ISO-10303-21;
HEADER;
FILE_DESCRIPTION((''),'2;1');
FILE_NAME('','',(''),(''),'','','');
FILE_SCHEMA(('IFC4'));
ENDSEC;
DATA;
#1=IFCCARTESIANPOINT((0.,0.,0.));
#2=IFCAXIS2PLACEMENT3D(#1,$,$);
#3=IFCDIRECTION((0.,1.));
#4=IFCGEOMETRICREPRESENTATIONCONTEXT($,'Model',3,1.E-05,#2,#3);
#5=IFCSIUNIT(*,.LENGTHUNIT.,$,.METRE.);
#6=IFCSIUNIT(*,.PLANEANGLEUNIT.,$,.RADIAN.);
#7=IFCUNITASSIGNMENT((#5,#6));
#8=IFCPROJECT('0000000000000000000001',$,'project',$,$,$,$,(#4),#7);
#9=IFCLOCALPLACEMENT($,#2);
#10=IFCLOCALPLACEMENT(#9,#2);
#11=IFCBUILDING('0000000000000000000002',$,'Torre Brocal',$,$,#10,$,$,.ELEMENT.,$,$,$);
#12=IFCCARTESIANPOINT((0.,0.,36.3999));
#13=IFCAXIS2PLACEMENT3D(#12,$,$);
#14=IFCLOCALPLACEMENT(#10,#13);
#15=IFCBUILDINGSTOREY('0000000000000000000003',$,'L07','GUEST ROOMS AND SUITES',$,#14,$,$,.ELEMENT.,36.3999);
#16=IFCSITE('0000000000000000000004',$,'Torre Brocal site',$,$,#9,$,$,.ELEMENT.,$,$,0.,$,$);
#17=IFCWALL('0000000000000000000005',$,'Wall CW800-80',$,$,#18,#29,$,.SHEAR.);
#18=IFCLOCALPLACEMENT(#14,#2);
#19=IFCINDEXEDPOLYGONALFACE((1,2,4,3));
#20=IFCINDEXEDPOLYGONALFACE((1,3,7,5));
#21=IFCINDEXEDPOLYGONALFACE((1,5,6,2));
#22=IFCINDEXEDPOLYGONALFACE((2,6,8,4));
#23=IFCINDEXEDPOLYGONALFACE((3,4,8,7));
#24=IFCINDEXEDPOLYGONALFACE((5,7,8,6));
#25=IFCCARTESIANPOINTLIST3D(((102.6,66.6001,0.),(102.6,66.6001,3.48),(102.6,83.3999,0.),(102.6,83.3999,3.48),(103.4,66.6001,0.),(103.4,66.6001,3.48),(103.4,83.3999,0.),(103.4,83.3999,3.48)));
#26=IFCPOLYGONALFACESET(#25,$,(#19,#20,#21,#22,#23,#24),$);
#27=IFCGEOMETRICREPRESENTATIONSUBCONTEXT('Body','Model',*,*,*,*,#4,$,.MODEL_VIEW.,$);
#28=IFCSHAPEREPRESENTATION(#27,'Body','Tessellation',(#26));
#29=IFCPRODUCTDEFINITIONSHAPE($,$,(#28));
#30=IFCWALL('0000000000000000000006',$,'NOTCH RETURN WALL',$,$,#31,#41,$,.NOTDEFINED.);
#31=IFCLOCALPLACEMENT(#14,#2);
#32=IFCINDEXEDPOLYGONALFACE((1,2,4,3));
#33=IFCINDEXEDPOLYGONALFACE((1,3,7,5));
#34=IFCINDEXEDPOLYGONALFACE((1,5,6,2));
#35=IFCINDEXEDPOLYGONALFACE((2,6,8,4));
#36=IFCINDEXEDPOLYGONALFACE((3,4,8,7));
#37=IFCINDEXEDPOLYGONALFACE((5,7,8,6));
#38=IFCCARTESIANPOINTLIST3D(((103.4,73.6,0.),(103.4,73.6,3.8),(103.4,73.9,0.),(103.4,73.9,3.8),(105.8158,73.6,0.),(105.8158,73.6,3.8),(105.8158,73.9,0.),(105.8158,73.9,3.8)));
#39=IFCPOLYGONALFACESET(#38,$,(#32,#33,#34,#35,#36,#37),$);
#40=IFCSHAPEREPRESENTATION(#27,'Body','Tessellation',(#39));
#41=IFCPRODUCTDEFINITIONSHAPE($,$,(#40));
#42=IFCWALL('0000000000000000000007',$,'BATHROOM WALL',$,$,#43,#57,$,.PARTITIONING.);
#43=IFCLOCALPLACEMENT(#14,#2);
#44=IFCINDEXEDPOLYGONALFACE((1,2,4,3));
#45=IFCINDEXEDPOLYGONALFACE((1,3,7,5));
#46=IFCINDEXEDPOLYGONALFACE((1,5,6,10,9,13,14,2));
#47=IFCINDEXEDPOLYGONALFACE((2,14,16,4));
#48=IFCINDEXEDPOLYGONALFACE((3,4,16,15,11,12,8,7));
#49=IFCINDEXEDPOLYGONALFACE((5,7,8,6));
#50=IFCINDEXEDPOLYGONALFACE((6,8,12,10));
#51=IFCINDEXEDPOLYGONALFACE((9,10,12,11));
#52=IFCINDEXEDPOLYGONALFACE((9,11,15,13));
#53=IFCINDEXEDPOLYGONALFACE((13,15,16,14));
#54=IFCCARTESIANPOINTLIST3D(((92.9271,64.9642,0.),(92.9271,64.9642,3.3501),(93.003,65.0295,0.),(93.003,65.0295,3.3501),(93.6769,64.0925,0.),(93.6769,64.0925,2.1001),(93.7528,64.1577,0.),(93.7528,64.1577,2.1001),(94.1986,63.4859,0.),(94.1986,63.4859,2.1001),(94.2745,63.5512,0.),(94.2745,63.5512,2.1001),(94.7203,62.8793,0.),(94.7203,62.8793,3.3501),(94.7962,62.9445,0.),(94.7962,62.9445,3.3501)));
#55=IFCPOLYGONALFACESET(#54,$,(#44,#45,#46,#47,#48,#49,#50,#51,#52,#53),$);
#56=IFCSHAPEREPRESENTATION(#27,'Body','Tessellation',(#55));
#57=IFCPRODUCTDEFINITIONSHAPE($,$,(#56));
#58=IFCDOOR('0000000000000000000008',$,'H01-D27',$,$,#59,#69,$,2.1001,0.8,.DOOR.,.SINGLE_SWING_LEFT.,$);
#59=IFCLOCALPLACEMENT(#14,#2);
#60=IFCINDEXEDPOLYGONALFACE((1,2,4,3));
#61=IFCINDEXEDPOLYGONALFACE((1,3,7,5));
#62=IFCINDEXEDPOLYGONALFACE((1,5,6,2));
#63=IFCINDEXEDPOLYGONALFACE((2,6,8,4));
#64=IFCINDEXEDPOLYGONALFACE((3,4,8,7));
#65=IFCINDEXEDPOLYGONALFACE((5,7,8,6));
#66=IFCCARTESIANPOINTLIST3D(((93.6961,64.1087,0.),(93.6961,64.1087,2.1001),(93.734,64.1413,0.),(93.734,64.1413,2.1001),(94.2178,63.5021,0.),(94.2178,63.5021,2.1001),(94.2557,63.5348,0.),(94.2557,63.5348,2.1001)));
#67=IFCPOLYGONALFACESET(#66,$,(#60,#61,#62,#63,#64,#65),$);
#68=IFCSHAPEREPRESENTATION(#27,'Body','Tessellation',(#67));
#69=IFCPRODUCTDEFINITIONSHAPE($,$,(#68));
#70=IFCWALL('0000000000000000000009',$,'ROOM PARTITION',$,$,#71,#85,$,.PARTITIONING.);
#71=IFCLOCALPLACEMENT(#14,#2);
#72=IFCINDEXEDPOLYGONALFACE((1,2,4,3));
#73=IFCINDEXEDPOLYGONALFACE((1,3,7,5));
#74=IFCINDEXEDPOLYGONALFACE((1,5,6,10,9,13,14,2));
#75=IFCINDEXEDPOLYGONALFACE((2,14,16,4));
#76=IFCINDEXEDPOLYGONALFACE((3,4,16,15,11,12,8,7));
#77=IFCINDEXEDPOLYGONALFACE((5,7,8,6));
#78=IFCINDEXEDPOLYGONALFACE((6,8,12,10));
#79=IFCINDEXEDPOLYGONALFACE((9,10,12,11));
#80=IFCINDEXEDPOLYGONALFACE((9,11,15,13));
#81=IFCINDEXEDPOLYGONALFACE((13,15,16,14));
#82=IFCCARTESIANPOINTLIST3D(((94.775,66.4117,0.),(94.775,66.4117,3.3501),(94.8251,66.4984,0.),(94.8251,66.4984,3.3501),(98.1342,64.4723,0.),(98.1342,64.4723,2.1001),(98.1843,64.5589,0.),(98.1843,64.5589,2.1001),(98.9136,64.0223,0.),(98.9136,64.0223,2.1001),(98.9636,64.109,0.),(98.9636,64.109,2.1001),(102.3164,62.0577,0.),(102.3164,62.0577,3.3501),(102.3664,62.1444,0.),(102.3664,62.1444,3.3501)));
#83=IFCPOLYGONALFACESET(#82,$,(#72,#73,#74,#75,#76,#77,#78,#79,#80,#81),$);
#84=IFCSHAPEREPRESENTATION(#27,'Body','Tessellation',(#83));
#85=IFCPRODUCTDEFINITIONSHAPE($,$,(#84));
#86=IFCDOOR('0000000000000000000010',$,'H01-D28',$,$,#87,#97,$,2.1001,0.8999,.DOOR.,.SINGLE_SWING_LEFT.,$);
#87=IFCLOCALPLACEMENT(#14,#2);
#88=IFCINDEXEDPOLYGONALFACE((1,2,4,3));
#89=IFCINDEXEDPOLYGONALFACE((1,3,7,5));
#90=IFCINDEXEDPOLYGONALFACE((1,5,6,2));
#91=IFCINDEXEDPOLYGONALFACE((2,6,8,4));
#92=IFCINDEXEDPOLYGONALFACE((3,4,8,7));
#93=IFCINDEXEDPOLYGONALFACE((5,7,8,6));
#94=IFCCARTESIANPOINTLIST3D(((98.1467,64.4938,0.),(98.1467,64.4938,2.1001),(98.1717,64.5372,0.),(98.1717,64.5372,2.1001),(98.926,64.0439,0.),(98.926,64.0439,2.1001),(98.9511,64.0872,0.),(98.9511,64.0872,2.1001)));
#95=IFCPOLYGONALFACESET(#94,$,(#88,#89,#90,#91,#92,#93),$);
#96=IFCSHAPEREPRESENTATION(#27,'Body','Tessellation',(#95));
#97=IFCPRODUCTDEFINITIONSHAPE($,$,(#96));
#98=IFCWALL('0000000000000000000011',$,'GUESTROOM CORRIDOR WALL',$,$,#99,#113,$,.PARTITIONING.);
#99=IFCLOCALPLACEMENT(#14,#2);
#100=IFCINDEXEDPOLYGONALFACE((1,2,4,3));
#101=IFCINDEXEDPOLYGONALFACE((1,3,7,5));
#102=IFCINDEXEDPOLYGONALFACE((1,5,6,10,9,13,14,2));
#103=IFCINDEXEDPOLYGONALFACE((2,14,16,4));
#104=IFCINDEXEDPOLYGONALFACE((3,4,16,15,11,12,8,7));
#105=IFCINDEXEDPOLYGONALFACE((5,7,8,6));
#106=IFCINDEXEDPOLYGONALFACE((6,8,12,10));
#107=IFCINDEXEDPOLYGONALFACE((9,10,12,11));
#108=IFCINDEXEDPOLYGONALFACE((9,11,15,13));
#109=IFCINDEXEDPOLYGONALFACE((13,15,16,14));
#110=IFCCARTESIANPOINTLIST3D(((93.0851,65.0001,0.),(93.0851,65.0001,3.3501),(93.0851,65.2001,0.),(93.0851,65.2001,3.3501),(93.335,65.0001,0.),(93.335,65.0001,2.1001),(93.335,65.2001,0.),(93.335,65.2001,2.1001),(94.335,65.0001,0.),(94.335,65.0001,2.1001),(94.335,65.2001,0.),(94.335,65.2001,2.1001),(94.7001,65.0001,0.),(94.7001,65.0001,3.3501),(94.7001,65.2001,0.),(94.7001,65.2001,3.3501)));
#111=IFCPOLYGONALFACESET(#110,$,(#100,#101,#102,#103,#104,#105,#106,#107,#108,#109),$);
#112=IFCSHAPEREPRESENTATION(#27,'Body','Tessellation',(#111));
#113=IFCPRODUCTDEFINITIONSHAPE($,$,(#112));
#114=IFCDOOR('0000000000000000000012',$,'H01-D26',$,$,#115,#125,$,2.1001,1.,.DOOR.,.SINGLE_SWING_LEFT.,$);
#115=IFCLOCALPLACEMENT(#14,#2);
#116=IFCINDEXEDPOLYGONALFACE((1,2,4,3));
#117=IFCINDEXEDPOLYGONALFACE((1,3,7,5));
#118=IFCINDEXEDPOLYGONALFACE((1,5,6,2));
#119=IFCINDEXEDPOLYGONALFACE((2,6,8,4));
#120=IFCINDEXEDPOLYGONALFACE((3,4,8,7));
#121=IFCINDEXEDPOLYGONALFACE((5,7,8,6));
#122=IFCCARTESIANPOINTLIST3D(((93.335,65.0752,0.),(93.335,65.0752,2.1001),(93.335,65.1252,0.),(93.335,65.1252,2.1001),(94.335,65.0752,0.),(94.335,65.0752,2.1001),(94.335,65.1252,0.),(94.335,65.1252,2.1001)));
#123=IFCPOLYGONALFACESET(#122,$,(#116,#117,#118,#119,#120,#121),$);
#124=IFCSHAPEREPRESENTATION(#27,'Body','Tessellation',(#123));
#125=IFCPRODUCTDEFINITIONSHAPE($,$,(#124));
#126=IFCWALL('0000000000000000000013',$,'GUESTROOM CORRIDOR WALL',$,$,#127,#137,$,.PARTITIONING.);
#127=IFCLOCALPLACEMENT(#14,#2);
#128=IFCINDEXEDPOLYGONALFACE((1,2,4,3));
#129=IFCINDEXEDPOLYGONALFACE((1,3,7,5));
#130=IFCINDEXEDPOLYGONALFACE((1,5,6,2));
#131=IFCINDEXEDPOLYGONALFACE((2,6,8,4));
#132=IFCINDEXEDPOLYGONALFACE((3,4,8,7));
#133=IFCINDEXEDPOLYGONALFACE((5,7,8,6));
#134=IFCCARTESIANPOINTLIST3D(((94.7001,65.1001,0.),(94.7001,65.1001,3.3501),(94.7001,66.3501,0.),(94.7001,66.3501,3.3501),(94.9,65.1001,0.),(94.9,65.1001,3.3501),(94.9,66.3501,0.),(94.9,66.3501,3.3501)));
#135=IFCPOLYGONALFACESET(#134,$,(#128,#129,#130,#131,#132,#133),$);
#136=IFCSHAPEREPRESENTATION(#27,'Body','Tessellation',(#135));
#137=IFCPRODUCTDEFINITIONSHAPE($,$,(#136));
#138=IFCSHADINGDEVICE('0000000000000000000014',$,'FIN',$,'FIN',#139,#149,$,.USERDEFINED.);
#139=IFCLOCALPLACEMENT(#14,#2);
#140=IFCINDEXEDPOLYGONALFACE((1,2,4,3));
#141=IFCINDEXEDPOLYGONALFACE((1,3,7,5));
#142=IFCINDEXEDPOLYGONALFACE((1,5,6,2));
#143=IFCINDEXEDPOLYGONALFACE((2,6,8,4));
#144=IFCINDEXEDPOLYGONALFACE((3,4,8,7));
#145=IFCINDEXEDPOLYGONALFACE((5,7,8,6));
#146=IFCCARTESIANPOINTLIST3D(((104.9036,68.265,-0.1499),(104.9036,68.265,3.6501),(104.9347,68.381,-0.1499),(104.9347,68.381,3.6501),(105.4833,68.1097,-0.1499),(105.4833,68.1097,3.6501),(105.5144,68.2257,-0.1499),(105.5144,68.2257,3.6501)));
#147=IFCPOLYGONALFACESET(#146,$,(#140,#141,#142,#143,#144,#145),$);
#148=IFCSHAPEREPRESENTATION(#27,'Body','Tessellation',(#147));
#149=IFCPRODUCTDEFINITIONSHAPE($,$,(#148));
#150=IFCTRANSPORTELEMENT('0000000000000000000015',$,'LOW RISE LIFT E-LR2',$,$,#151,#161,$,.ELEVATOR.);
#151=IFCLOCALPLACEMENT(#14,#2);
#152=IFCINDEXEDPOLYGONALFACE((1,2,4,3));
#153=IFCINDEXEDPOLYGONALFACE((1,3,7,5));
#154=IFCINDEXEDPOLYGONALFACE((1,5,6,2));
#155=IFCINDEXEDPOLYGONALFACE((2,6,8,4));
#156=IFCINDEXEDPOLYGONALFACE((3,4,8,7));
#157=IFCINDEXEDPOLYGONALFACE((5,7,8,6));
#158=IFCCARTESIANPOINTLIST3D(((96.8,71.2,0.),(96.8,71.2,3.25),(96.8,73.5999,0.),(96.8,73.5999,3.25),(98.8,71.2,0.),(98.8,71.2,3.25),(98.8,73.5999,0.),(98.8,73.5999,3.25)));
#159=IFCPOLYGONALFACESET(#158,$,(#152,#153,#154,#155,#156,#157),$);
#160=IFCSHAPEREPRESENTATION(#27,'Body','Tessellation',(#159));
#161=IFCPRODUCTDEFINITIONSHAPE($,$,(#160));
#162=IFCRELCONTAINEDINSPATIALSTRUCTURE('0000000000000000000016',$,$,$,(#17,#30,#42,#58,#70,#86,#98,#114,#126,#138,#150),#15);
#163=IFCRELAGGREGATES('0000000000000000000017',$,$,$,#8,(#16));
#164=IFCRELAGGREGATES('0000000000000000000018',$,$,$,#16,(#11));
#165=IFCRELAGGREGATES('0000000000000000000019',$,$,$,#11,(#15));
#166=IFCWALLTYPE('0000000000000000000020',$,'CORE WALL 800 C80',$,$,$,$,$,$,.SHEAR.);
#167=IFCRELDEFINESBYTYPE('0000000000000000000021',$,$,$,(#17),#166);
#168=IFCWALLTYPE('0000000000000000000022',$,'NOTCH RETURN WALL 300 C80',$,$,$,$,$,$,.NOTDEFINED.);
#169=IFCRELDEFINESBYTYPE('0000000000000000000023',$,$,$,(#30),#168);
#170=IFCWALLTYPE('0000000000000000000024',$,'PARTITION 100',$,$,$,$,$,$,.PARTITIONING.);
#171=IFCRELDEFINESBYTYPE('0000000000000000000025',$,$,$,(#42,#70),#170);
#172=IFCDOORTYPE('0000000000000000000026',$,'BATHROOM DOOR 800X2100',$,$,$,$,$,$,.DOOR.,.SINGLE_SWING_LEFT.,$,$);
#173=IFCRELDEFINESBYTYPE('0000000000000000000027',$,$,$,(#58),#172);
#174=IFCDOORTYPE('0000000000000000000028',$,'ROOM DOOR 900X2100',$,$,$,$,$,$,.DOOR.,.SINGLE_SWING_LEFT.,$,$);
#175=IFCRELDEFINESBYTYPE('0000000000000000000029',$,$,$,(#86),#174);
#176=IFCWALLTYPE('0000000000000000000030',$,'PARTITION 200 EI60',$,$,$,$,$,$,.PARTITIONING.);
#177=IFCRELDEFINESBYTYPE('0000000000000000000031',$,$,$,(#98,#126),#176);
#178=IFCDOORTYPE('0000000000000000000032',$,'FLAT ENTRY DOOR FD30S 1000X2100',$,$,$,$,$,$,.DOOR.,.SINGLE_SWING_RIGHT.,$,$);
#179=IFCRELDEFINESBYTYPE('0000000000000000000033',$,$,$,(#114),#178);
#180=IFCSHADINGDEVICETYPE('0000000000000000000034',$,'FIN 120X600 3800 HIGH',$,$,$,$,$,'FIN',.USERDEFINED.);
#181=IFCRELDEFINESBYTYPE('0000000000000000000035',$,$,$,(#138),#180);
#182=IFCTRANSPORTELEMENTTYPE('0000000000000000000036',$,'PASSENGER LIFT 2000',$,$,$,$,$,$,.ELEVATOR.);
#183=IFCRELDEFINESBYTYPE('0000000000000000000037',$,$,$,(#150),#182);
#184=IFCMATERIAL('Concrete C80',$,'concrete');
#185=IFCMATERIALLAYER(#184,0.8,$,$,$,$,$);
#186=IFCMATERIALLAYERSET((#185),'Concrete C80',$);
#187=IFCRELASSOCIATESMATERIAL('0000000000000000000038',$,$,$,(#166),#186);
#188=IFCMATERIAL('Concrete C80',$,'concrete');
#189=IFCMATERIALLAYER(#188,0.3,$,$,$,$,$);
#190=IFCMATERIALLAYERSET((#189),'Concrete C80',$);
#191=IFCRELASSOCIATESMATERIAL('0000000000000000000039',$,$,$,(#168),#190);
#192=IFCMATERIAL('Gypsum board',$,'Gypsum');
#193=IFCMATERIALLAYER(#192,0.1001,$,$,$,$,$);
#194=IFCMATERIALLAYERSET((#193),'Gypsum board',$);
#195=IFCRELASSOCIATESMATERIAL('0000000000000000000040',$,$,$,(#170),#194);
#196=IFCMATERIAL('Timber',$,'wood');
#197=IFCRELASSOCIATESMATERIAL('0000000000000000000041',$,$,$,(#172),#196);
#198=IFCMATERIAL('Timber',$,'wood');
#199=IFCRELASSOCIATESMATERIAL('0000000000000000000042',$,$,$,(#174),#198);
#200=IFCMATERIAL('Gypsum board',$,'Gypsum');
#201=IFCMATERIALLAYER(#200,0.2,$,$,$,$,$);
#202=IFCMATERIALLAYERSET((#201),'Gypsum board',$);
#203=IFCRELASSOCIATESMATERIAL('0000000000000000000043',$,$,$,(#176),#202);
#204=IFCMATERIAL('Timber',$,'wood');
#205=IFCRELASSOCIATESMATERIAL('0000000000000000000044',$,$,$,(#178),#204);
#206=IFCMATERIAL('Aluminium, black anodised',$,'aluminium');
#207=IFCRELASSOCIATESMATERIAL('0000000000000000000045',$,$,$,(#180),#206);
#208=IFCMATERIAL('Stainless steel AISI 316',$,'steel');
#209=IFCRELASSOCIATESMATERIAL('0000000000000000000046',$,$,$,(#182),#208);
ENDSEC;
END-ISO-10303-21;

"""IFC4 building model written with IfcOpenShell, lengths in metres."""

from ifc_helpers import new_model, si_unit, direction, frame, frame_2d, origin, origin_2d, place, context, subcontext, project, spatial, rectangle, extrude, material, layer, layer_set, material_profile, profile_set, type_object, element, fill, save


model = new_model("IFC4")

# Units and contexts
model_context = context("Model", 3, precision=1e-05, world=origin(), true_north=direction((0.0, 1.0)))
body_context = subcontext(model_context, "Body", "Model", "MODEL_VIEW")
ifc_project = project(units=[si_unit("LENGTHUNIT", "METRE"), si_unit("PLANEANGLEUNIT", "RADIAN")], contexts=[model_context])

# Site, building, storey
site_placement = place(None, origin())
site = spatial("IfcSite", under=ifc_project, at=site_placement, Name="Torre Brocal site", CompositionType="ELEMENT", RefElevation=0.0)
building_placement = place(site_placement, origin())
building = spatial("IfcBuilding", under=site, at=building_placement, Name="Torre Brocal", CompositionType="ELEMENT")
storey_placement = place(building_placement, frame((0.0, 0.0, 36.3999)))
storey = spatial("IfcBuildingStorey", under=building, at=storey_placement, Name="L07", Description="GUEST ROOMS AND SUITES", CompositionType="ELEMENT", Elevation=36.3999)

# Walls
ifc_material_1 = material(Name="Concrete C80", Category="concrete")
ifc_layer_1 = layer(ifc_material_1, 0.8)
ifc_layer_set_1 = layer_set([ifc_layer_1], Name="Concrete C80")
wall_type_1 = type_object("IfcWallType", Name="CORE WALL 800 C80", PredefinedType="SHEAR", material=ifc_layer_set_1)
wall_1_placement = place(storey_placement, frame((103.0, 66.6001, 0.0), z_axis=(0.0, 0.0, 1.0), x_axis=(0.0, 1.0, 0.0)))
element("IfcWall", 1, at=wall_1_placement, inside=storey, type_object=wall_type_1, Name="Wall CW800-80", PredefinedType="SHEAR", context=body_context, shape_type="SweptSolid", body=[
    extrude(rectangle(XDim=16.7998, YDim=0.8, at=frame_2d((8.3999, 0.0))), origin(), (0.0, 0.0, 1.0), 3.48),
])
ifc_material_2 = material(Name="Concrete C80", Category="concrete")
ifc_layer_2 = layer(ifc_material_2, 0.3)
ifc_layer_set_2 = layer_set([ifc_layer_2], Name="Concrete C80")
wall_type_2 = type_object("IfcWallType", Name="NOTCH RETURN WALL 300 C80", PredefinedType="NOTDEFINED", material=ifc_layer_set_2)
wall_2_placement = place(storey_placement, frame((103.3999, 73.75, 0.0), z_axis=(0.0, 0.0, 1.0), x_axis=(1.0, 0.0, 0.0)))
element("IfcWall", 2, at=wall_2_placement, inside=storey, type_object=wall_type_2, Name="NOTCH RETURN WALL", PredefinedType="NOTDEFINED", context=body_context, shape_type="SweptSolid", body=[
    extrude(rectangle(XDim=2.4158, YDim=0.3, at=frame_2d((1.208, 0.0))), origin(), (0.0, 0.0, 1.0), 3.8),
])

# Walls, openings, doors
ifc_material_3 = material(Name="Gypsum board", Category="Gypsum")
ifc_layer_3 = layer(ifc_material_3, 0.1001)
ifc_layer_set_3 = layer_set([ifc_layer_3], Name="Gypsum board")
wall_type_3 = type_object("IfcWallType", Name="PARTITION 100", PredefinedType="PARTITIONING", material=ifc_layer_set_3)
wall_3_placement = place(storey_placement, frame((92.9651, 64.9968, 0.0), z_axis=(0.0, 0.0, 1.0), x_axis=(0.65207, -0.758159, 0.0)))
wall_3 = element("IfcWall", 3, at=wall_3_placement, inside=storey, type_object=wall_type_3, Name="BATHROOM WALL", PredefinedType="PARTITIONING", context=body_context, shape_type="SweptSolid", body=[
    extrude(rectangle(XDim=2.75, YDim=0.1001, at=frame_2d((1.375, 0.0))), origin(), (0.0, 0.0, 1.0), 3.3501),
])
opening_1_placement = place(wall_3_placement, frame((1.1499, 0.0, 0.0)))
opening_1 = element("IfcOpeningElement", 4, at=opening_1_placement, cuts=wall_3, PredefinedType="OPENING", context=body_context, shape_type="SweptSolid", body=[
    extrude(rectangle(XDim=0.8, YDim=2.1001, at=frame_2d((0.3999, 1.05))), frame((0.0, 0.0601, 0.0), z_axis=(0.0, -1.0, 0.0), x_axis=(1.0, 0.0, 0.0)), (0.0, 0.0, 1.0), 0.1201),
])
ifc_material_4 = material(Name="Timber", Category="wood")
door_type_1 = type_object("IfcDoorType", Name="BATHROOM DOOR 800X2100", OperationType="SINGLE_SWING_LEFT", PredefinedType="DOOR", material=ifc_material_4)
door_1_placement = place(opening_1_placement, frame((0.8, 0.0, 0.0), z_axis=(0.0, 0.0, 1.0), x_axis=(-1.0, 0.0, 0.0)))
door_1 = element("IfcDoor", 5, at=door_1_placement, inside=storey, type_object=door_type_1, Name="H01-D27", OperationType="SINGLE_SWING_LEFT", OverallHeight=2.1001, OverallWidth=0.8, PredefinedType="DOOR", context=body_context, shape_type="SweptSolid", body=[
    extrude(rectangle(XDim=0.8, YDim=2.1001, at=frame_2d((0.3999, 1.05))), frame((0.0, 0.0249, 0.0), z_axis=(0.0, -1.0, 0.0), x_axis=(1.0, 0.0, 0.0)), (0.0, 0.0, 1.0), 0.05),
])
fill(opening_1, door_1)
wall_4_placement = place(storey_placement, frame((94.8, 66.4551, 0.0), z_axis=(0.0, 0.0, 1.0), x_axis=(0.866023, -0.500005, 0.0)))
wall_4 = element("IfcWall", 6, at=wall_4_placement, inside=storey, type_object=wall_type_3, Name="ROOM PARTITION", PredefinedType="PARTITIONING", context=body_context, shape_type="SweptSolid", body=[
    extrude(rectangle(XDim=8.708, YDim=0.1001, at=frame_2d((4.354, 0.0))), origin(), (0.0, 0.0, 1.0), 3.3501),
])
opening_2_placement = place(wall_4_placement, frame((3.8789, 0.0, 0.0)))
opening_2 = element("IfcOpeningElement", 7, at=opening_2_placement, cuts=wall_4, PredefinedType="OPENING", context=body_context, shape_type="SweptSolid", body=[
    extrude(rectangle(XDim=0.8999, YDim=2.1001, at=frame_2d((0.45, 1.05))), frame((0.0, 0.0601, 0.0), z_axis=(0.0, -1.0, 0.0), x_axis=(1.0, 0.0, 0.0)), (0.0, 0.0, 1.0), 0.1201),
])
ifc_material_5 = material(Name="Timber", Category="wood")
door_type_2 = type_object("IfcDoorType", Name="ROOM DOOR 900X2100", OperationType="SINGLE_SWING_LEFT", PredefinedType="DOOR", material=ifc_material_5)
door_2_placement = place(opening_2_placement, origin())
door_2 = element("IfcDoor", 8, at=door_2_placement, inside=storey, type_object=door_type_2, Name="H01-D28", OperationType="SINGLE_SWING_LEFT", OverallHeight=2.1001, OverallWidth=0.8999, PredefinedType="DOOR", context=body_context, shape_type="SweptSolid", body=[
    extrude(rectangle(XDim=0.8999, YDim=2.1001, at=frame_2d((0.45, 1.05))), frame((0.0, 0.0249, 0.0), z_axis=(0.0, -1.0, 0.0), x_axis=(1.0, 0.0, 0.0)), (0.0, 0.0, 1.0), 0.05),
])
fill(opening_2, door_2)
ifc_material_6 = material(Name="Gypsum board", Category="Gypsum")
ifc_layer_4 = layer(ifc_material_6, 0.2)
ifc_layer_set_4 = layer_set([ifc_layer_4], Name="Gypsum board")
wall_type_4 = type_object("IfcWallType", Name="PARTITION 200 EI60", PredefinedType="PARTITIONING", material=ifc_layer_set_4)
wall_5_placement = place(storey_placement, frame((93.085, 65.1001, 0.0), z_axis=(0.0, 0.0, 1.0), x_axis=(1.0, 0.0, 0.0)))
wall_5 = element("IfcWall", 9, at=wall_5_placement, inside=storey, type_object=wall_type_4, Name="GUESTROOM CORRIDOR WALL", PredefinedType="PARTITIONING", context=body_context, shape_type="SweptSolid", body=[
    extrude(rectangle(XDim=1.615, YDim=0.2, at=frame_2d((0.8076, 0.0))), origin(), (0.0, 0.0, 1.0), 3.3501),
])
opening_3_placement = place(wall_5_placement, frame((0.25, 0.0, 0.0)))
opening_3 = element("IfcOpeningElement", 10, at=opening_3_placement, cuts=wall_5, PredefinedType="OPENING", context=body_context, shape_type="SweptSolid", body=[
    extrude(rectangle(XDim=1.0, YDim=2.1001, at=frame_2d((0.5, 1.05))), frame((0.0, 0.1099, 0.0), z_axis=(0.0, -1.0, 0.0), x_axis=(1.0, 0.0, 0.0)), (0.0, 0.0, 1.0), 0.22),
])
ifc_material_7 = material(Name="Timber", Category="wood")
door_type_3 = type_object("IfcDoorType", Name="FLAT ENTRY DOOR FD30S 1000X2100", OperationType="SINGLE_SWING_RIGHT", PredefinedType="DOOR", material=ifc_material_7)
door_3_placement = place(opening_3_placement, frame((1.0, 0.0, 0.0), z_axis=(0.0, 0.0, 1.0), x_axis=(-1.0, 0.0, 0.0)))
door_3 = element("IfcDoor", 11, at=door_3_placement, inside=storey, type_object=door_type_3, Name="H01-D26", OperationType="SINGLE_SWING_LEFT", OverallHeight=2.1001, OverallWidth=1.0, PredefinedType="DOOR", context=body_context, shape_type="SweptSolid", body=[
    extrude(rectangle(XDim=1.0, YDim=2.1001, at=frame_2d((0.5, 1.05))), frame((0.0, 0.0249, 0.0), z_axis=(0.0, -1.0, 0.0), x_axis=(1.0, 0.0, 0.0)), (0.0, 0.0, 1.0), 0.05),
])
fill(opening_3, door_3)

# Wall
wall_6_placement = place(storey_placement, frame((94.8, 65.1001, 0.0), z_axis=(0.0, 0.0, 1.0), x_axis=(0.0, 1.0, 0.0)))
element("IfcWall", 12, at=wall_6_placement, inside=storey, type_object=wall_type_4, Name="GUESTROOM CORRIDOR WALL", PredefinedType="PARTITIONING", context=body_context, shape_type="SweptSolid", body=[
    extrude(rectangle(XDim=1.25, YDim=0.2, at=frame_2d((0.625, 0.0))), origin(), (0.0, 0.0, 1.0), 3.3501),
])

# Shading device
ifc_material_8 = material(Name="Aluminium, black anodised", Category="aluminium")
ifc_material_profile_1 = material_profile(ifc_material_8, rectangle(XDim=0.1201, YDim=0.6001, at=origin_2d()), Name="FIN 120X600 3800 HIGH")
ifc_profile_set_1 = profile_set([ifc_material_profile_1], Name="Aluminium, black anodised")
shading_device_type = type_object("IfcShadingDeviceType", Name="FIN 120X600 3800 HIGH", ElementType="FIN", PredefinedType="USERDEFINED", material=ifc_profile_set_1)
shading_device_placement = place(storey_placement, frame((105.209, 68.2454, -0.1499), z_axis=(0.0, 0.0, 1.0), x_axis=(0.258819, 0.965926, 0.0)))
element("IfcShadingDevice", 13, at=shading_device_placement, inside=storey, type_object=shading_device_type, Name="FIN", ObjectType="FIN", PredefinedType="USERDEFINED", context=body_context, shape_type="SweptSolid", body=[
    extrude(rectangle(XDim=0.1201, YDim=0.6001, at=origin_2d()), origin(), (0.0, 0.0, 1.0), 3.8),
])

# Transport element
ifc_material_9 = material(Name="Stainless steel AISI 316", Category="steel")
transport_element_type_1 = type_object("IfcTransportElementType", Name="PASSENGER LIFT 2000", PredefinedType="ELEVATOR", material=ifc_material_9)
transport_element_placement = place(storey_placement, frame((97.8, 72.3999, 0.0), z_axis=(0.0, 0.0, 1.0), x_axis=(1.0, 0.0, 0.0)))
element("IfcTransportElement", 14, at=transport_element_placement, inside=storey, type_object=transport_element_type_1, Name="LOW RISE LIFT E-LR2", PredefinedType="ELEVATOR", context=body_context, shape_type="SweptSolid", body=[
    extrude(rectangle(XDim=2.0, YDim=2.3999, at=origin_2d()), origin(), (0.0, 0.0, 1.0), 3.25),
])

save(model, "model.ifc")
